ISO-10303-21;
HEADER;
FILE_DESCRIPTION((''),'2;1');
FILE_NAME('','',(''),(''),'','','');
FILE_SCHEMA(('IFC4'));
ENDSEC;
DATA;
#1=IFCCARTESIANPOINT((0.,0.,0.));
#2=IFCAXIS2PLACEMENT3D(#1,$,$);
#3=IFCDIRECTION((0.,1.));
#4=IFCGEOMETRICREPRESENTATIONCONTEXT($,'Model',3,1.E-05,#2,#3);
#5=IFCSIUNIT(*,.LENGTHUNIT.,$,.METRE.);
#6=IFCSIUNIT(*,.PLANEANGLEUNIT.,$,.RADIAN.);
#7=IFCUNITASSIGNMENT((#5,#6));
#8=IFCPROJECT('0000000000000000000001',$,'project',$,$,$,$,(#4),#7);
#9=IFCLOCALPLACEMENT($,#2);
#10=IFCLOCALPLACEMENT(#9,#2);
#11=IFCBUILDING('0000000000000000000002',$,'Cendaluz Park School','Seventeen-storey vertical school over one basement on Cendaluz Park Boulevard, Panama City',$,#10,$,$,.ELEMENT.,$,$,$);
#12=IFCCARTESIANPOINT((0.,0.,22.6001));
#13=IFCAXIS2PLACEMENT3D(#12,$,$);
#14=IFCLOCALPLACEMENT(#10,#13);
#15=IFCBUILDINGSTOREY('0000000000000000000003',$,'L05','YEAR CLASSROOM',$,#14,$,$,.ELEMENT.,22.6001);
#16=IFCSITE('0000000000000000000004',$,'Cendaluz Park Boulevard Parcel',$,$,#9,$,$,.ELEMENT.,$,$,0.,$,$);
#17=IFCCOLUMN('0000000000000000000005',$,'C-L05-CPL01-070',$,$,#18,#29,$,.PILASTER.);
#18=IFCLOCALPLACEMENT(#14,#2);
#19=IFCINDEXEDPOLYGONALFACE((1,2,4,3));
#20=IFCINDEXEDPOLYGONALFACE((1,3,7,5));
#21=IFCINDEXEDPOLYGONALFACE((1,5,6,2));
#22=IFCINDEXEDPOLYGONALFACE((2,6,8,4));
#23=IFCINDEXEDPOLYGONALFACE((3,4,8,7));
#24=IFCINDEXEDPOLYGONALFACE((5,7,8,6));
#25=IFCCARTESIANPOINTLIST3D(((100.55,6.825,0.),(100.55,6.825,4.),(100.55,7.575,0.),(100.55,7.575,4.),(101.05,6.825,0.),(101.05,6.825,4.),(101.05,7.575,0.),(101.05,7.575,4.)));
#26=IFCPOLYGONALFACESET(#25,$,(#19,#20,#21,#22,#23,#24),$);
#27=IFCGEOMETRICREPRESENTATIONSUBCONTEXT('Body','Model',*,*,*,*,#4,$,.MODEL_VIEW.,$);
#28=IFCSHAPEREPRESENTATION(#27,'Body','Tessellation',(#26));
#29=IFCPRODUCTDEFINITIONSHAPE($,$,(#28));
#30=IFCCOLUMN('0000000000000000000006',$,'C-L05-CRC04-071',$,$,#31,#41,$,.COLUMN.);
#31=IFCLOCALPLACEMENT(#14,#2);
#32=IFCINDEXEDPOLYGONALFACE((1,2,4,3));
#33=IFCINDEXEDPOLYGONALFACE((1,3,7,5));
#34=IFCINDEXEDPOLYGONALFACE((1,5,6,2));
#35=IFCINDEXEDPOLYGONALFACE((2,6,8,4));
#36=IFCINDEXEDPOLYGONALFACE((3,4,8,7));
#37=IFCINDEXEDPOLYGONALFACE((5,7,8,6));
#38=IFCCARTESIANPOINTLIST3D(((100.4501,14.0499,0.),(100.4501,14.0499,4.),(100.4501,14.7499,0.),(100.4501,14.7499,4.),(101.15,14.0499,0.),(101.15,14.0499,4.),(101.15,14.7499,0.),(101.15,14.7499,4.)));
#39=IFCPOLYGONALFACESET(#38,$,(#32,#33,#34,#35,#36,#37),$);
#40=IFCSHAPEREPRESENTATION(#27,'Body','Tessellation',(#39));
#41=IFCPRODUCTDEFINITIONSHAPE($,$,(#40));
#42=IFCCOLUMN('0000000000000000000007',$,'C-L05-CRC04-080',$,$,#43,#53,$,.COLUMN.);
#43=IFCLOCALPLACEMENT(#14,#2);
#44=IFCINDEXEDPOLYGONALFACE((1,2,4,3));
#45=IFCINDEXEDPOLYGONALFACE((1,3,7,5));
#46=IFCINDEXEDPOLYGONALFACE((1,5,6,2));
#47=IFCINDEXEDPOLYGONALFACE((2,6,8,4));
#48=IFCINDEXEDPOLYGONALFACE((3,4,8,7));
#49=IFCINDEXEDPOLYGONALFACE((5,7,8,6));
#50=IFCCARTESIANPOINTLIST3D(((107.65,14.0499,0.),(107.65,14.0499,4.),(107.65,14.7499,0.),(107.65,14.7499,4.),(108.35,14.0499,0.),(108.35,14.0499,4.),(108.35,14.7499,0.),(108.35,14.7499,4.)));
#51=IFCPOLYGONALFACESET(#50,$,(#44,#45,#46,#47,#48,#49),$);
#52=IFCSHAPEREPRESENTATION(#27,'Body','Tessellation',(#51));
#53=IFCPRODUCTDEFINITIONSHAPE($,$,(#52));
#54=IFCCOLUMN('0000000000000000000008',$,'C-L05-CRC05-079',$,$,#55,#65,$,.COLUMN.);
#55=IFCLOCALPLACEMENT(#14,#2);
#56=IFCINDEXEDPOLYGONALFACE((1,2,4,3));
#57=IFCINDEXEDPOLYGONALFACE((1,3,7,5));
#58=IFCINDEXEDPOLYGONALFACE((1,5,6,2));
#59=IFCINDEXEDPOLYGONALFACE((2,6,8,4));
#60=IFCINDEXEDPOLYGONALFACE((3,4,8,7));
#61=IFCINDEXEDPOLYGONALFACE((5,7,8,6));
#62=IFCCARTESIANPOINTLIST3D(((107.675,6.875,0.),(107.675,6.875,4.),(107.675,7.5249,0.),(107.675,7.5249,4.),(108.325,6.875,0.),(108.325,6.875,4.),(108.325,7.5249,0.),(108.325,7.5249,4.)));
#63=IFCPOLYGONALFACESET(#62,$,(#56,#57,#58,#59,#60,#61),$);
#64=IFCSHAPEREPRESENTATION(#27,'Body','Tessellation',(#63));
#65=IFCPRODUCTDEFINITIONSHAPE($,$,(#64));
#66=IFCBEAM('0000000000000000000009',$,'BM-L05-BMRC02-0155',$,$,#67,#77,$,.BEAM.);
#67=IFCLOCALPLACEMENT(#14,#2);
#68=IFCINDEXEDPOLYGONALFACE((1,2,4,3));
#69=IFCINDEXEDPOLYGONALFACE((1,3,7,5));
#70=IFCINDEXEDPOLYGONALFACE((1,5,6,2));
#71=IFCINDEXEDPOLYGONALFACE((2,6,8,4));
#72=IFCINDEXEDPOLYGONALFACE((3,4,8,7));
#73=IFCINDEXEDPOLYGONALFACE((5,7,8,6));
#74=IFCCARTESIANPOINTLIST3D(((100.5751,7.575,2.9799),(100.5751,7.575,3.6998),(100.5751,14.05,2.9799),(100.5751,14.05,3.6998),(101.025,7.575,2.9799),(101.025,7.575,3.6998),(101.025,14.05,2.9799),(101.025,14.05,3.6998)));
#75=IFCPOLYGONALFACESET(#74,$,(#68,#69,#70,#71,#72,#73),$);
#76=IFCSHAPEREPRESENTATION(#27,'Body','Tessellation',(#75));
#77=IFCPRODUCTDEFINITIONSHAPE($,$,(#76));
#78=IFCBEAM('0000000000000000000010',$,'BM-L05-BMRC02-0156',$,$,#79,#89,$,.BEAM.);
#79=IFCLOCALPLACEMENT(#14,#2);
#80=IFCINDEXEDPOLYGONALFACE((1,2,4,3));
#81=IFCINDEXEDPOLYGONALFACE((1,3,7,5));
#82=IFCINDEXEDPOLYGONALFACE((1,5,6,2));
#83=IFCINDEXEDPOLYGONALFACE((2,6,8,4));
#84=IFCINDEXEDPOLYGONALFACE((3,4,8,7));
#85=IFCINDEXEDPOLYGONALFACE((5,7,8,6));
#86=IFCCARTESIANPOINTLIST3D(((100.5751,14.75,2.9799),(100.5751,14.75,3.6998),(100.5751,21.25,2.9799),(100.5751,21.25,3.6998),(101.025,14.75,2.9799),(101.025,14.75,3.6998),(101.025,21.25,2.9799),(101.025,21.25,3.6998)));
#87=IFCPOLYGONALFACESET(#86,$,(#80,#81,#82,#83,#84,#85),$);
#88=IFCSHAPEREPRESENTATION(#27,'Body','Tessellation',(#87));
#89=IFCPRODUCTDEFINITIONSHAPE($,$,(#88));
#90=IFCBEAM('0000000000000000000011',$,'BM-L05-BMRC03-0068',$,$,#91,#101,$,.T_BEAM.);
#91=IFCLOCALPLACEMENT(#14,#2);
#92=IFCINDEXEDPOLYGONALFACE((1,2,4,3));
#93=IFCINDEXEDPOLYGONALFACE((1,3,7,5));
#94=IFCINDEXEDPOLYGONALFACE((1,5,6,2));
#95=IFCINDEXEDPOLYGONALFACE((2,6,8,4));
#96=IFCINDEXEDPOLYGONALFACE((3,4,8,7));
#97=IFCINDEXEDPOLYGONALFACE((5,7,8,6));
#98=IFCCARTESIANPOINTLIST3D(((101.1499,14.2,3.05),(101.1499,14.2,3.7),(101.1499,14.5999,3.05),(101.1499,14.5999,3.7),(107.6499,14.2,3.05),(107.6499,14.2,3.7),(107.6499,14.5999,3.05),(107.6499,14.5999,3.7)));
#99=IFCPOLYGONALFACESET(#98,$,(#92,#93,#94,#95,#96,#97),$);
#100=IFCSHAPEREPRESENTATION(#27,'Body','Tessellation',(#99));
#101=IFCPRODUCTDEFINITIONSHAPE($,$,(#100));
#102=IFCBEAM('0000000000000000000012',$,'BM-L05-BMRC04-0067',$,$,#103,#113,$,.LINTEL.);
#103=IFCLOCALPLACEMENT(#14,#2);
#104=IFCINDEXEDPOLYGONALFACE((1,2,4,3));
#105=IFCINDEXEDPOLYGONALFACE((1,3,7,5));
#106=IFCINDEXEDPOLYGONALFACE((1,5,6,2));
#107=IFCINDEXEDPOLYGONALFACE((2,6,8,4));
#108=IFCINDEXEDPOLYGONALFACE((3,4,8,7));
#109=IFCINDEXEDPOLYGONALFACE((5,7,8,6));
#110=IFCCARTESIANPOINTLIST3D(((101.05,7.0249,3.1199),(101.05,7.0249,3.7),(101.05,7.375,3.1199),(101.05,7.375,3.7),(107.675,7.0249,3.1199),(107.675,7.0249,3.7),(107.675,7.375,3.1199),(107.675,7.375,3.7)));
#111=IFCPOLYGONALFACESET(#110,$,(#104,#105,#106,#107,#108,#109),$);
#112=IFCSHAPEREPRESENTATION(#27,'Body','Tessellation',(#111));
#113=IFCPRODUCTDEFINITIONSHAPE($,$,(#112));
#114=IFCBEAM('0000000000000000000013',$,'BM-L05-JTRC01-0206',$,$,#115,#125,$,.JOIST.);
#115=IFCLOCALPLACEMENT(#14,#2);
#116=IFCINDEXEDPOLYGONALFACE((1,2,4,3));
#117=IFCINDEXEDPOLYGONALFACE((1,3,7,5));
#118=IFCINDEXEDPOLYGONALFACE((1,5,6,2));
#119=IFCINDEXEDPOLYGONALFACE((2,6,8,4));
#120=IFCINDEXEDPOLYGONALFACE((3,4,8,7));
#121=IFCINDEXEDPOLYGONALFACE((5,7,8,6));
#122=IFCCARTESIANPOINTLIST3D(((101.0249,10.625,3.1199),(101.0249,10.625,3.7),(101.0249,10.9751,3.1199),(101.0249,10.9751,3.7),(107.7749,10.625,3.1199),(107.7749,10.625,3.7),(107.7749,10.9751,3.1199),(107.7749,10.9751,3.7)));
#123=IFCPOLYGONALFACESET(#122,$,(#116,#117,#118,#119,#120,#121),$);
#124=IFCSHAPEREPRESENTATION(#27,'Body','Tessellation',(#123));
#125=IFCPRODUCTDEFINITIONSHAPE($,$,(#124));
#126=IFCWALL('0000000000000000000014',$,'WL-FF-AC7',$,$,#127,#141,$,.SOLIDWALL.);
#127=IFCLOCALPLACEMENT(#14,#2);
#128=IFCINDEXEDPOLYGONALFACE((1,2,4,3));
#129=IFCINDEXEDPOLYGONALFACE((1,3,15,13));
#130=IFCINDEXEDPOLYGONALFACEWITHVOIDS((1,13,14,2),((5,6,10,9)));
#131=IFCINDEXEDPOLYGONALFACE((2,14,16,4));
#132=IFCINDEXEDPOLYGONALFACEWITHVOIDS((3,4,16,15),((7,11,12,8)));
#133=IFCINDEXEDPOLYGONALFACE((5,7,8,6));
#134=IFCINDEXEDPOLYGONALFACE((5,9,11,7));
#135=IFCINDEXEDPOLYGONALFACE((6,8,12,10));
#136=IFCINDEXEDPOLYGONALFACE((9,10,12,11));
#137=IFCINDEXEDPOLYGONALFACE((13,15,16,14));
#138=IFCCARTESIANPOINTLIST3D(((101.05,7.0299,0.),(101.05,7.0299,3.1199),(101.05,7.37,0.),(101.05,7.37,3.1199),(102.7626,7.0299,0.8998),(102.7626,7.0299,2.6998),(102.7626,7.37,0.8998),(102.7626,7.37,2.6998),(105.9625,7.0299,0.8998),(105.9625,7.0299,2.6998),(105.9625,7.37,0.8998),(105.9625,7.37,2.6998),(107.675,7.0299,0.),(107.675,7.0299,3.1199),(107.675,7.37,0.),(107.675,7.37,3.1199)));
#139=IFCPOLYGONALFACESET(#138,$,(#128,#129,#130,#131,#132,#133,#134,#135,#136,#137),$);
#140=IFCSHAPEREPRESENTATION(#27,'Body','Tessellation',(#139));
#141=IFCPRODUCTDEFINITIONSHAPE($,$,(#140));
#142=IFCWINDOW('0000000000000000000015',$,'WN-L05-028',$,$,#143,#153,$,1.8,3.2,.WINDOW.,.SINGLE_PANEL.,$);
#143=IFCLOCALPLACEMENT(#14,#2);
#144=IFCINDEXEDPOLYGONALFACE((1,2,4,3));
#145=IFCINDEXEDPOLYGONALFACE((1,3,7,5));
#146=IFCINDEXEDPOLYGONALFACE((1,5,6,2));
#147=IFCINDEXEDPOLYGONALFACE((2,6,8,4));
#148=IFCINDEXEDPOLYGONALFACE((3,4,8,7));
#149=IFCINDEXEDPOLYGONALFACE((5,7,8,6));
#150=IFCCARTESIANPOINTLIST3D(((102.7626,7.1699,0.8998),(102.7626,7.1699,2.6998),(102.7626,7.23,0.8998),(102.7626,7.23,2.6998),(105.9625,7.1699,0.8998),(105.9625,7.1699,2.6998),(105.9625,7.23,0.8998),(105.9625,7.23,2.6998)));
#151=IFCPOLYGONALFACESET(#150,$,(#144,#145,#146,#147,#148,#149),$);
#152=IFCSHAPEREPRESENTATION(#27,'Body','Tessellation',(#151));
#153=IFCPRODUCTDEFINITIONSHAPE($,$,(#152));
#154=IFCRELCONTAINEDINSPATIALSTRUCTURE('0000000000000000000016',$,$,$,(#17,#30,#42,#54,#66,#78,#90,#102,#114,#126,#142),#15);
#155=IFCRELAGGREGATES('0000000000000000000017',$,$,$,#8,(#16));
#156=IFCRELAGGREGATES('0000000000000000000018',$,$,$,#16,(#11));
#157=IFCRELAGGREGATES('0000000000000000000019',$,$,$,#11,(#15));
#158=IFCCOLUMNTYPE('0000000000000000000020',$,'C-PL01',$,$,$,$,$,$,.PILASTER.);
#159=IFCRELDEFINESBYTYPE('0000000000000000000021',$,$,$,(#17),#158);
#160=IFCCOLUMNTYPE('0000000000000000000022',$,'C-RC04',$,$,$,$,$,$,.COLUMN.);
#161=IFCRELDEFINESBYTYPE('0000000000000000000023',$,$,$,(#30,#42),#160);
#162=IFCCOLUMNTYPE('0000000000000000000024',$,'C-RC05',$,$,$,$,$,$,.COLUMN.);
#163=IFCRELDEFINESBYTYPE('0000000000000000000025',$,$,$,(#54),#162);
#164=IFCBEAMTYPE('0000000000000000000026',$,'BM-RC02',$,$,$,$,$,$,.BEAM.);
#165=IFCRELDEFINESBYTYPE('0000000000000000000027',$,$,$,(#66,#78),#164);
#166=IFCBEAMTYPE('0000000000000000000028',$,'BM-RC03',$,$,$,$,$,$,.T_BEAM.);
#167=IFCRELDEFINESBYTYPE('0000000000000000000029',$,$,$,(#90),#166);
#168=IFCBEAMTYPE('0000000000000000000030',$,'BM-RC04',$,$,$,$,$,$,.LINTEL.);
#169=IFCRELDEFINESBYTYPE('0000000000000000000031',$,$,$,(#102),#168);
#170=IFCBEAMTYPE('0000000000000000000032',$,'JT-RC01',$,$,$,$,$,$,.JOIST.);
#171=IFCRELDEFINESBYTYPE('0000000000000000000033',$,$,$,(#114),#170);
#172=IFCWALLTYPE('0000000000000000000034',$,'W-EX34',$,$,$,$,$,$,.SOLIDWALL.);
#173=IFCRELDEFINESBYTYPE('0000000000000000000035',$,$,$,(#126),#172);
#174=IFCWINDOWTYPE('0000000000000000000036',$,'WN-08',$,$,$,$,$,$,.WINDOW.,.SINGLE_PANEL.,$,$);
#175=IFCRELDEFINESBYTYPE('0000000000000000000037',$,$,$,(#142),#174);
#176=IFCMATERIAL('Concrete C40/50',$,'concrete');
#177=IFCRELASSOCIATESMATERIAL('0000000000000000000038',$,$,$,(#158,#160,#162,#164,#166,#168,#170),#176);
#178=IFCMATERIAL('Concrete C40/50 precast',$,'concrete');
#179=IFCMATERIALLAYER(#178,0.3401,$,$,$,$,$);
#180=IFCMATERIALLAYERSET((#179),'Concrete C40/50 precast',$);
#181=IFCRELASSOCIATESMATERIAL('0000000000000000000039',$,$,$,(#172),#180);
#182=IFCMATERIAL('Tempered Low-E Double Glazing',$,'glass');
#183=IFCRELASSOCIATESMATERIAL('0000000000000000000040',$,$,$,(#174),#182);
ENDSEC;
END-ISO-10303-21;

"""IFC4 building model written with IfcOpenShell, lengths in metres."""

from ifc_helpers import new_model, si_unit, direction, frame, frame_2d, origin, origin_2d, place, context, subcontext, project, spatial, rectangle, extrude, material, layer, layer_set, material_profile, profile_set, type_object, element, fill, save


model = new_model("IFC4")

# Units and contexts
model_context = context("Model", 3, precision=1e-05, world=origin(), true_north=direction((0.0, 1.0)))
body_context = subcontext(model_context, "Body", "Model", "MODEL_VIEW")
ifc_project = project(units=[si_unit("LENGTHUNIT", "METRE"), si_unit("PLANEANGLEUNIT", "RADIAN")], contexts=[model_context])

# Site, building, storey
site_placement = place(None, origin())
site = spatial("IfcSite", under=ifc_project, at=site_placement, Name="Cendaluz Park Boulevard Parcel", CompositionType="ELEMENT", RefElevation=0.0)
building_placement = place(site_placement, origin())
building = spatial("IfcBuilding", under=site, at=building_placement, Name="Cendaluz Park School", Description="Seventeen-storey vertical school over one basement on Cendaluz Park Boulevard, Panama City", CompositionType="ELEMENT")
storey_placement = place(building_placement, frame((0.0, 0.0, 22.6001)))
storey = spatial("IfcBuildingStorey", under=building, at=storey_placement, Name="L05", Description="YEAR CLASSROOM", CompositionType="ELEMENT", Elevation=22.6001)

# Columns
ifc_material_1 = material(Name="Concrete C40/50", Category="concrete")
ifc_material_profile_1 = material_profile(ifc_material_1, rectangle(XDim=0.5, YDim=0.75, at=origin_2d()), Name="RC 500x750", Category="concrete")
ifc_profile_set_1 = profile_set([ifc_material_profile_1], Name="Concrete C40/50")
column_type_1 = type_object("IfcColumnType", Name="C-PL01", PredefinedType="PILASTER", material=ifc_profile_set_1)
column_1_placement = place(storey_placement, frame((100.8, 7.2, 0.0), z_axis=(0.0, 0.0, 1.0), x_axis=(1.0, 0.0, 0.0)))
element("IfcColumn", 1, at=column_1_placement, inside=storey, type_object=column_type_1, Name="C-L05-CPL01-070", PredefinedType="PILASTER", context=body_context, shape_type="SweptSolid", body=[
    extrude(rectangle(XDim=0.5, YDim=0.75, at=origin_2d()), origin(), (0.0, 0.0, 1.0), 4.0),
])
ifc_material_profile_2 = material_profile(ifc_material_1, rectangle(XDim=0.7, YDim=0.7, at=origin_2d()), Name="RC 700x700", Category="concrete")
ifc_profile_set_2 = profile_set([ifc_material_profile_2], Name="Concrete C40/50")
column_type_2 = type_object("IfcColumnType", Name="C-RC04", PredefinedType="COLUMN", material=ifc_profile_set_2)
for number, where, z_axis, x_axis, name in (
    (2, (100.8, 14.3999, 0.0), (0.0, 0.0, 1.0), (1.0, 0.0, 0.0), "C-L05-CRC04-071"),
    (3, (108.0, 14.3999, 0.0), (0.0, 0.0, 1.0), (1.0, 0.0, 0.0), "C-L05-CRC04-080"),
):
    element("IfcColumn", number, at=place(storey_placement, frame(where, z_axis=z_axis, x_axis=x_axis)), inside=storey, type_object=column_type_2, Name=name, PredefinedType="COLUMN", context=body_context, shape_type="SweptSolid", body=[
        extrude(rectangle(XDim=0.7, YDim=0.7, at=origin_2d()), origin(), (0.0, 0.0, 1.0), 4.0),
    ])
ifc_material_profile_3 = material_profile(ifc_material_1, rectangle(XDim=0.6499, YDim=0.6499, at=origin_2d()), Name="RC 650x650", Category="concrete")
ifc_profile_set_3 = profile_set([ifc_material_profile_3], Name="Concrete C40/50")
column_type_3 = type_object("IfcColumnType", Name="C-RC05", PredefinedType="COLUMN", material=ifc_profile_set_3)
column_2_placement = place(storey_placement, frame((108.0, 7.2, 0.0), z_axis=(0.0, 0.0, 1.0), x_axis=(1.0, 0.0, 0.0)))
element("IfcColumn", 4, at=column_2_placement, inside=storey, type_object=column_type_3, Name="C-L05-CRC05-079", PredefinedType="COLUMN", context=body_context, shape_type="SweptSolid", body=[
    extrude(rectangle(XDim=0.6499, YDim=0.6499, at=origin_2d()), origin(), (0.0, 0.0, 1.0), 4.0),
])

# Beams
ifc_material_profile_4 = material_profile(ifc_material_1, rectangle(XDim=0.45, YDim=0.72, at=origin_2d()), Name="RC 450x720", Category="concrete")
ifc_profile_set_4 = profile_set([ifc_material_profile_4], Name="Concrete C40/50")
beam_type_1 = type_object("IfcBeamType", Name="BM-RC02", PredefinedType="BEAM", material=ifc_profile_set_4)
beam_1_placement = place(storey_placement, frame((100.8, 7.575, 3.3398), z_axis=(0.0, 1.0, 0.0), x_axis=(-1.0, 0.0, 0.0)))
element("IfcBeam", 5, at=beam_1_placement, inside=storey, type_object=beam_type_1, Name="BM-L05-BMRC02-0155", PredefinedType="BEAM", context=body_context, shape_type="SweptSolid", body=[
    extrude(rectangle(XDim=0.45, YDim=0.72, at=origin_2d()), origin(), (0.0, 0.0, 1.0), 6.4751),
])
beam_2_placement = place(storey_placement, frame((100.8, 14.75, 3.3398), z_axis=(0.0, 1.0, 0.0), x_axis=(-1.0, 0.0, 0.0)))
element("IfcBeam", 6, at=beam_2_placement, inside=storey, type_object=beam_type_1, Name="BM-L05-BMRC02-0156", PredefinedType="BEAM", context=body_context, shape_type="SweptSolid", body=[
    extrude(rectangle(XDim=0.45, YDim=0.72, at=origin_2d()), origin(), (0.0, 0.0, 1.0), 6.5),
])
ifc_material_profile_5 = material_profile(ifc_material_1, rectangle(XDim=0.3999, YDim=0.6499, at=origin_2d()), Name="RC 400x650", Category="concrete")
ifc_profile_set_5 = profile_set([ifc_material_profile_5], Name="Concrete C40/50")
beam_type_2 = type_object("IfcBeamType", Name="BM-RC03", PredefinedType="T_BEAM", material=ifc_profile_set_5)
beam_3_placement = place(storey_placement, frame((101.1499, 14.3999, 3.375), z_axis=(1.0, 0.0, 0.0), x_axis=(0.0, 1.0, 0.0)))
element("IfcBeam", 7, at=beam_3_placement, inside=storey, type_object=beam_type_2, Name="BM-L05-BMRC03-0068", PredefinedType="T_BEAM", context=body_context, shape_type="SweptSolid", body=[
    extrude(rectangle(XDim=0.3999, YDim=0.6499, at=origin_2d()), origin(), (0.0, 0.0, 1.0), 6.5),
])
ifc_material_profile_6 = material_profile(ifc_material_1, rectangle(XDim=0.3501, YDim=0.5801, at=origin_2d()), Name="RC 350x580", Category="concrete")
ifc_profile_set_6 = profile_set([ifc_material_profile_6], Name="Concrete C40/50")
beam_type_3 = type_object("IfcBeamType", Name="BM-RC04", PredefinedType="LINTEL", material=ifc_profile_set_6)
beam_4_placement = place(storey_placement, frame((101.05, 7.2, 3.4099), z_axis=(1.0, 0.0, 0.0), x_axis=(0.0, 1.0, 0.0)))
element("IfcBeam", 8, at=beam_4_placement, inside=storey, type_object=beam_type_3, Name="BM-L05-BMRC04-0067", PredefinedType="LINTEL", context=body_context, shape_type="SweptSolid", body=[
    extrude(rectangle(XDim=0.3501, YDim=0.5801, at=origin_2d()), origin(), (0.0, 0.0, 1.0), 6.625),
])
ifc_material_profile_7 = material_profile(ifc_material_1, rectangle(XDim=0.3501, YDim=0.5801, at=origin_2d()), Name="RC 350x580", Category="concrete")
ifc_profile_set_7 = profile_set([ifc_material_profile_7], Name="Concrete C40/50")
beam_type_4 = type_object("IfcBeamType", Name="JT-RC01", PredefinedType="JOIST", material=ifc_profile_set_7)
beam_5_placement = place(storey_placement, frame((101.0249, 10.8, 3.4099), z_axis=(1.0, 0.0, 0.0), x_axis=(0.0, 1.0, 0.0)))
element("IfcBeam", 9, at=beam_5_placement, inside=storey, type_object=beam_type_4, Name="BM-L05-JTRC01-0206", PredefinedType="JOIST", context=body_context, shape_type="SweptSolid", body=[
    extrude(rectangle(XDim=0.3501, YDim=0.5801, at=origin_2d()), origin(), (0.0, 0.0, 1.0), 6.75),
])

# Wall, opening, window
ifc_material_2 = material(Name="Concrete C40/50 precast", Category="concrete")
ifc_layer_1 = layer(ifc_material_2, 0.3401)
ifc_layer_set_1 = layer_set([ifc_layer_1], Name="Concrete C40/50 precast")
wall_type_1 = type_object("IfcWallType", Name="W-EX34", PredefinedType="SOLIDWALL", material=ifc_layer_set_1)
wall_1_placement = place(storey_placement, frame((101.05, 7.2, 0.0), z_axis=(0.0, 0.0, 1.0), x_axis=(1.0, 0.0, 0.0)))
wall_1 = element("IfcWall", 10, at=wall_1_placement, inside=storey, type_object=wall_type_1, Name="WL-FF-AC7", PredefinedType="SOLIDWALL", context=body_context, shape_type="SweptSolid", body=[
    extrude(rectangle(XDim=6.625, YDim=0.3401, at=frame_2d((3.3125, 0.0))), origin(), (0.0, 0.0, 1.0), 3.1199),
])
opening_1_placement = place(wall_1_placement, frame((1.7124, 0.0, 0.8999)))
opening_1 = element("IfcOpeningElement", 11, at=opening_1_placement, cuts=wall_1, PredefinedType="OPENING", context=body_context, shape_type="SweptSolid", body=[
    extrude(rectangle(XDim=3.2, YDim=1.8, at=frame_2d((1.6001, 0.8999))), frame((0.0, 0.1821, 0.0), z_axis=(0.0, -1.0, 0.0), x_axis=(1.0, 0.0, 0.0)), (0.0, 0.0, 1.0), 0.364),
])
ifc_material_3 = material(Name="Tempered Low-E Double Glazing", Category="glass")
window_type = type_object("IfcWindowType", Name="WN-08", PartitioningType="SINGLE_PANEL", PredefinedType="WINDOW", material=ifc_material_3)
window_placement = place(opening_1_placement, origin())
window = element("IfcWindow", 12, at=window_placement, inside=storey, type_object=window_type, Name="WN-L05-028", OverallHeight=1.8, OverallWidth=3.2, PartitioningType="SINGLE_PANEL", PredefinedType="WINDOW", context=body_context, shape_type="SweptSolid", body=[
    extrude(rectangle(XDim=3.2, YDim=1.8, at=frame_2d((1.6001, 0.8999))), frame((0.0, 0.03, 0.0), z_axis=(0.0, -1.0, 0.0), x_axis=(1.0, 0.0, 0.0)), (0.0, 0.0, 1.0), 0.0601),
])
fill(opening_1, window)

save(model, "model.ifc")
